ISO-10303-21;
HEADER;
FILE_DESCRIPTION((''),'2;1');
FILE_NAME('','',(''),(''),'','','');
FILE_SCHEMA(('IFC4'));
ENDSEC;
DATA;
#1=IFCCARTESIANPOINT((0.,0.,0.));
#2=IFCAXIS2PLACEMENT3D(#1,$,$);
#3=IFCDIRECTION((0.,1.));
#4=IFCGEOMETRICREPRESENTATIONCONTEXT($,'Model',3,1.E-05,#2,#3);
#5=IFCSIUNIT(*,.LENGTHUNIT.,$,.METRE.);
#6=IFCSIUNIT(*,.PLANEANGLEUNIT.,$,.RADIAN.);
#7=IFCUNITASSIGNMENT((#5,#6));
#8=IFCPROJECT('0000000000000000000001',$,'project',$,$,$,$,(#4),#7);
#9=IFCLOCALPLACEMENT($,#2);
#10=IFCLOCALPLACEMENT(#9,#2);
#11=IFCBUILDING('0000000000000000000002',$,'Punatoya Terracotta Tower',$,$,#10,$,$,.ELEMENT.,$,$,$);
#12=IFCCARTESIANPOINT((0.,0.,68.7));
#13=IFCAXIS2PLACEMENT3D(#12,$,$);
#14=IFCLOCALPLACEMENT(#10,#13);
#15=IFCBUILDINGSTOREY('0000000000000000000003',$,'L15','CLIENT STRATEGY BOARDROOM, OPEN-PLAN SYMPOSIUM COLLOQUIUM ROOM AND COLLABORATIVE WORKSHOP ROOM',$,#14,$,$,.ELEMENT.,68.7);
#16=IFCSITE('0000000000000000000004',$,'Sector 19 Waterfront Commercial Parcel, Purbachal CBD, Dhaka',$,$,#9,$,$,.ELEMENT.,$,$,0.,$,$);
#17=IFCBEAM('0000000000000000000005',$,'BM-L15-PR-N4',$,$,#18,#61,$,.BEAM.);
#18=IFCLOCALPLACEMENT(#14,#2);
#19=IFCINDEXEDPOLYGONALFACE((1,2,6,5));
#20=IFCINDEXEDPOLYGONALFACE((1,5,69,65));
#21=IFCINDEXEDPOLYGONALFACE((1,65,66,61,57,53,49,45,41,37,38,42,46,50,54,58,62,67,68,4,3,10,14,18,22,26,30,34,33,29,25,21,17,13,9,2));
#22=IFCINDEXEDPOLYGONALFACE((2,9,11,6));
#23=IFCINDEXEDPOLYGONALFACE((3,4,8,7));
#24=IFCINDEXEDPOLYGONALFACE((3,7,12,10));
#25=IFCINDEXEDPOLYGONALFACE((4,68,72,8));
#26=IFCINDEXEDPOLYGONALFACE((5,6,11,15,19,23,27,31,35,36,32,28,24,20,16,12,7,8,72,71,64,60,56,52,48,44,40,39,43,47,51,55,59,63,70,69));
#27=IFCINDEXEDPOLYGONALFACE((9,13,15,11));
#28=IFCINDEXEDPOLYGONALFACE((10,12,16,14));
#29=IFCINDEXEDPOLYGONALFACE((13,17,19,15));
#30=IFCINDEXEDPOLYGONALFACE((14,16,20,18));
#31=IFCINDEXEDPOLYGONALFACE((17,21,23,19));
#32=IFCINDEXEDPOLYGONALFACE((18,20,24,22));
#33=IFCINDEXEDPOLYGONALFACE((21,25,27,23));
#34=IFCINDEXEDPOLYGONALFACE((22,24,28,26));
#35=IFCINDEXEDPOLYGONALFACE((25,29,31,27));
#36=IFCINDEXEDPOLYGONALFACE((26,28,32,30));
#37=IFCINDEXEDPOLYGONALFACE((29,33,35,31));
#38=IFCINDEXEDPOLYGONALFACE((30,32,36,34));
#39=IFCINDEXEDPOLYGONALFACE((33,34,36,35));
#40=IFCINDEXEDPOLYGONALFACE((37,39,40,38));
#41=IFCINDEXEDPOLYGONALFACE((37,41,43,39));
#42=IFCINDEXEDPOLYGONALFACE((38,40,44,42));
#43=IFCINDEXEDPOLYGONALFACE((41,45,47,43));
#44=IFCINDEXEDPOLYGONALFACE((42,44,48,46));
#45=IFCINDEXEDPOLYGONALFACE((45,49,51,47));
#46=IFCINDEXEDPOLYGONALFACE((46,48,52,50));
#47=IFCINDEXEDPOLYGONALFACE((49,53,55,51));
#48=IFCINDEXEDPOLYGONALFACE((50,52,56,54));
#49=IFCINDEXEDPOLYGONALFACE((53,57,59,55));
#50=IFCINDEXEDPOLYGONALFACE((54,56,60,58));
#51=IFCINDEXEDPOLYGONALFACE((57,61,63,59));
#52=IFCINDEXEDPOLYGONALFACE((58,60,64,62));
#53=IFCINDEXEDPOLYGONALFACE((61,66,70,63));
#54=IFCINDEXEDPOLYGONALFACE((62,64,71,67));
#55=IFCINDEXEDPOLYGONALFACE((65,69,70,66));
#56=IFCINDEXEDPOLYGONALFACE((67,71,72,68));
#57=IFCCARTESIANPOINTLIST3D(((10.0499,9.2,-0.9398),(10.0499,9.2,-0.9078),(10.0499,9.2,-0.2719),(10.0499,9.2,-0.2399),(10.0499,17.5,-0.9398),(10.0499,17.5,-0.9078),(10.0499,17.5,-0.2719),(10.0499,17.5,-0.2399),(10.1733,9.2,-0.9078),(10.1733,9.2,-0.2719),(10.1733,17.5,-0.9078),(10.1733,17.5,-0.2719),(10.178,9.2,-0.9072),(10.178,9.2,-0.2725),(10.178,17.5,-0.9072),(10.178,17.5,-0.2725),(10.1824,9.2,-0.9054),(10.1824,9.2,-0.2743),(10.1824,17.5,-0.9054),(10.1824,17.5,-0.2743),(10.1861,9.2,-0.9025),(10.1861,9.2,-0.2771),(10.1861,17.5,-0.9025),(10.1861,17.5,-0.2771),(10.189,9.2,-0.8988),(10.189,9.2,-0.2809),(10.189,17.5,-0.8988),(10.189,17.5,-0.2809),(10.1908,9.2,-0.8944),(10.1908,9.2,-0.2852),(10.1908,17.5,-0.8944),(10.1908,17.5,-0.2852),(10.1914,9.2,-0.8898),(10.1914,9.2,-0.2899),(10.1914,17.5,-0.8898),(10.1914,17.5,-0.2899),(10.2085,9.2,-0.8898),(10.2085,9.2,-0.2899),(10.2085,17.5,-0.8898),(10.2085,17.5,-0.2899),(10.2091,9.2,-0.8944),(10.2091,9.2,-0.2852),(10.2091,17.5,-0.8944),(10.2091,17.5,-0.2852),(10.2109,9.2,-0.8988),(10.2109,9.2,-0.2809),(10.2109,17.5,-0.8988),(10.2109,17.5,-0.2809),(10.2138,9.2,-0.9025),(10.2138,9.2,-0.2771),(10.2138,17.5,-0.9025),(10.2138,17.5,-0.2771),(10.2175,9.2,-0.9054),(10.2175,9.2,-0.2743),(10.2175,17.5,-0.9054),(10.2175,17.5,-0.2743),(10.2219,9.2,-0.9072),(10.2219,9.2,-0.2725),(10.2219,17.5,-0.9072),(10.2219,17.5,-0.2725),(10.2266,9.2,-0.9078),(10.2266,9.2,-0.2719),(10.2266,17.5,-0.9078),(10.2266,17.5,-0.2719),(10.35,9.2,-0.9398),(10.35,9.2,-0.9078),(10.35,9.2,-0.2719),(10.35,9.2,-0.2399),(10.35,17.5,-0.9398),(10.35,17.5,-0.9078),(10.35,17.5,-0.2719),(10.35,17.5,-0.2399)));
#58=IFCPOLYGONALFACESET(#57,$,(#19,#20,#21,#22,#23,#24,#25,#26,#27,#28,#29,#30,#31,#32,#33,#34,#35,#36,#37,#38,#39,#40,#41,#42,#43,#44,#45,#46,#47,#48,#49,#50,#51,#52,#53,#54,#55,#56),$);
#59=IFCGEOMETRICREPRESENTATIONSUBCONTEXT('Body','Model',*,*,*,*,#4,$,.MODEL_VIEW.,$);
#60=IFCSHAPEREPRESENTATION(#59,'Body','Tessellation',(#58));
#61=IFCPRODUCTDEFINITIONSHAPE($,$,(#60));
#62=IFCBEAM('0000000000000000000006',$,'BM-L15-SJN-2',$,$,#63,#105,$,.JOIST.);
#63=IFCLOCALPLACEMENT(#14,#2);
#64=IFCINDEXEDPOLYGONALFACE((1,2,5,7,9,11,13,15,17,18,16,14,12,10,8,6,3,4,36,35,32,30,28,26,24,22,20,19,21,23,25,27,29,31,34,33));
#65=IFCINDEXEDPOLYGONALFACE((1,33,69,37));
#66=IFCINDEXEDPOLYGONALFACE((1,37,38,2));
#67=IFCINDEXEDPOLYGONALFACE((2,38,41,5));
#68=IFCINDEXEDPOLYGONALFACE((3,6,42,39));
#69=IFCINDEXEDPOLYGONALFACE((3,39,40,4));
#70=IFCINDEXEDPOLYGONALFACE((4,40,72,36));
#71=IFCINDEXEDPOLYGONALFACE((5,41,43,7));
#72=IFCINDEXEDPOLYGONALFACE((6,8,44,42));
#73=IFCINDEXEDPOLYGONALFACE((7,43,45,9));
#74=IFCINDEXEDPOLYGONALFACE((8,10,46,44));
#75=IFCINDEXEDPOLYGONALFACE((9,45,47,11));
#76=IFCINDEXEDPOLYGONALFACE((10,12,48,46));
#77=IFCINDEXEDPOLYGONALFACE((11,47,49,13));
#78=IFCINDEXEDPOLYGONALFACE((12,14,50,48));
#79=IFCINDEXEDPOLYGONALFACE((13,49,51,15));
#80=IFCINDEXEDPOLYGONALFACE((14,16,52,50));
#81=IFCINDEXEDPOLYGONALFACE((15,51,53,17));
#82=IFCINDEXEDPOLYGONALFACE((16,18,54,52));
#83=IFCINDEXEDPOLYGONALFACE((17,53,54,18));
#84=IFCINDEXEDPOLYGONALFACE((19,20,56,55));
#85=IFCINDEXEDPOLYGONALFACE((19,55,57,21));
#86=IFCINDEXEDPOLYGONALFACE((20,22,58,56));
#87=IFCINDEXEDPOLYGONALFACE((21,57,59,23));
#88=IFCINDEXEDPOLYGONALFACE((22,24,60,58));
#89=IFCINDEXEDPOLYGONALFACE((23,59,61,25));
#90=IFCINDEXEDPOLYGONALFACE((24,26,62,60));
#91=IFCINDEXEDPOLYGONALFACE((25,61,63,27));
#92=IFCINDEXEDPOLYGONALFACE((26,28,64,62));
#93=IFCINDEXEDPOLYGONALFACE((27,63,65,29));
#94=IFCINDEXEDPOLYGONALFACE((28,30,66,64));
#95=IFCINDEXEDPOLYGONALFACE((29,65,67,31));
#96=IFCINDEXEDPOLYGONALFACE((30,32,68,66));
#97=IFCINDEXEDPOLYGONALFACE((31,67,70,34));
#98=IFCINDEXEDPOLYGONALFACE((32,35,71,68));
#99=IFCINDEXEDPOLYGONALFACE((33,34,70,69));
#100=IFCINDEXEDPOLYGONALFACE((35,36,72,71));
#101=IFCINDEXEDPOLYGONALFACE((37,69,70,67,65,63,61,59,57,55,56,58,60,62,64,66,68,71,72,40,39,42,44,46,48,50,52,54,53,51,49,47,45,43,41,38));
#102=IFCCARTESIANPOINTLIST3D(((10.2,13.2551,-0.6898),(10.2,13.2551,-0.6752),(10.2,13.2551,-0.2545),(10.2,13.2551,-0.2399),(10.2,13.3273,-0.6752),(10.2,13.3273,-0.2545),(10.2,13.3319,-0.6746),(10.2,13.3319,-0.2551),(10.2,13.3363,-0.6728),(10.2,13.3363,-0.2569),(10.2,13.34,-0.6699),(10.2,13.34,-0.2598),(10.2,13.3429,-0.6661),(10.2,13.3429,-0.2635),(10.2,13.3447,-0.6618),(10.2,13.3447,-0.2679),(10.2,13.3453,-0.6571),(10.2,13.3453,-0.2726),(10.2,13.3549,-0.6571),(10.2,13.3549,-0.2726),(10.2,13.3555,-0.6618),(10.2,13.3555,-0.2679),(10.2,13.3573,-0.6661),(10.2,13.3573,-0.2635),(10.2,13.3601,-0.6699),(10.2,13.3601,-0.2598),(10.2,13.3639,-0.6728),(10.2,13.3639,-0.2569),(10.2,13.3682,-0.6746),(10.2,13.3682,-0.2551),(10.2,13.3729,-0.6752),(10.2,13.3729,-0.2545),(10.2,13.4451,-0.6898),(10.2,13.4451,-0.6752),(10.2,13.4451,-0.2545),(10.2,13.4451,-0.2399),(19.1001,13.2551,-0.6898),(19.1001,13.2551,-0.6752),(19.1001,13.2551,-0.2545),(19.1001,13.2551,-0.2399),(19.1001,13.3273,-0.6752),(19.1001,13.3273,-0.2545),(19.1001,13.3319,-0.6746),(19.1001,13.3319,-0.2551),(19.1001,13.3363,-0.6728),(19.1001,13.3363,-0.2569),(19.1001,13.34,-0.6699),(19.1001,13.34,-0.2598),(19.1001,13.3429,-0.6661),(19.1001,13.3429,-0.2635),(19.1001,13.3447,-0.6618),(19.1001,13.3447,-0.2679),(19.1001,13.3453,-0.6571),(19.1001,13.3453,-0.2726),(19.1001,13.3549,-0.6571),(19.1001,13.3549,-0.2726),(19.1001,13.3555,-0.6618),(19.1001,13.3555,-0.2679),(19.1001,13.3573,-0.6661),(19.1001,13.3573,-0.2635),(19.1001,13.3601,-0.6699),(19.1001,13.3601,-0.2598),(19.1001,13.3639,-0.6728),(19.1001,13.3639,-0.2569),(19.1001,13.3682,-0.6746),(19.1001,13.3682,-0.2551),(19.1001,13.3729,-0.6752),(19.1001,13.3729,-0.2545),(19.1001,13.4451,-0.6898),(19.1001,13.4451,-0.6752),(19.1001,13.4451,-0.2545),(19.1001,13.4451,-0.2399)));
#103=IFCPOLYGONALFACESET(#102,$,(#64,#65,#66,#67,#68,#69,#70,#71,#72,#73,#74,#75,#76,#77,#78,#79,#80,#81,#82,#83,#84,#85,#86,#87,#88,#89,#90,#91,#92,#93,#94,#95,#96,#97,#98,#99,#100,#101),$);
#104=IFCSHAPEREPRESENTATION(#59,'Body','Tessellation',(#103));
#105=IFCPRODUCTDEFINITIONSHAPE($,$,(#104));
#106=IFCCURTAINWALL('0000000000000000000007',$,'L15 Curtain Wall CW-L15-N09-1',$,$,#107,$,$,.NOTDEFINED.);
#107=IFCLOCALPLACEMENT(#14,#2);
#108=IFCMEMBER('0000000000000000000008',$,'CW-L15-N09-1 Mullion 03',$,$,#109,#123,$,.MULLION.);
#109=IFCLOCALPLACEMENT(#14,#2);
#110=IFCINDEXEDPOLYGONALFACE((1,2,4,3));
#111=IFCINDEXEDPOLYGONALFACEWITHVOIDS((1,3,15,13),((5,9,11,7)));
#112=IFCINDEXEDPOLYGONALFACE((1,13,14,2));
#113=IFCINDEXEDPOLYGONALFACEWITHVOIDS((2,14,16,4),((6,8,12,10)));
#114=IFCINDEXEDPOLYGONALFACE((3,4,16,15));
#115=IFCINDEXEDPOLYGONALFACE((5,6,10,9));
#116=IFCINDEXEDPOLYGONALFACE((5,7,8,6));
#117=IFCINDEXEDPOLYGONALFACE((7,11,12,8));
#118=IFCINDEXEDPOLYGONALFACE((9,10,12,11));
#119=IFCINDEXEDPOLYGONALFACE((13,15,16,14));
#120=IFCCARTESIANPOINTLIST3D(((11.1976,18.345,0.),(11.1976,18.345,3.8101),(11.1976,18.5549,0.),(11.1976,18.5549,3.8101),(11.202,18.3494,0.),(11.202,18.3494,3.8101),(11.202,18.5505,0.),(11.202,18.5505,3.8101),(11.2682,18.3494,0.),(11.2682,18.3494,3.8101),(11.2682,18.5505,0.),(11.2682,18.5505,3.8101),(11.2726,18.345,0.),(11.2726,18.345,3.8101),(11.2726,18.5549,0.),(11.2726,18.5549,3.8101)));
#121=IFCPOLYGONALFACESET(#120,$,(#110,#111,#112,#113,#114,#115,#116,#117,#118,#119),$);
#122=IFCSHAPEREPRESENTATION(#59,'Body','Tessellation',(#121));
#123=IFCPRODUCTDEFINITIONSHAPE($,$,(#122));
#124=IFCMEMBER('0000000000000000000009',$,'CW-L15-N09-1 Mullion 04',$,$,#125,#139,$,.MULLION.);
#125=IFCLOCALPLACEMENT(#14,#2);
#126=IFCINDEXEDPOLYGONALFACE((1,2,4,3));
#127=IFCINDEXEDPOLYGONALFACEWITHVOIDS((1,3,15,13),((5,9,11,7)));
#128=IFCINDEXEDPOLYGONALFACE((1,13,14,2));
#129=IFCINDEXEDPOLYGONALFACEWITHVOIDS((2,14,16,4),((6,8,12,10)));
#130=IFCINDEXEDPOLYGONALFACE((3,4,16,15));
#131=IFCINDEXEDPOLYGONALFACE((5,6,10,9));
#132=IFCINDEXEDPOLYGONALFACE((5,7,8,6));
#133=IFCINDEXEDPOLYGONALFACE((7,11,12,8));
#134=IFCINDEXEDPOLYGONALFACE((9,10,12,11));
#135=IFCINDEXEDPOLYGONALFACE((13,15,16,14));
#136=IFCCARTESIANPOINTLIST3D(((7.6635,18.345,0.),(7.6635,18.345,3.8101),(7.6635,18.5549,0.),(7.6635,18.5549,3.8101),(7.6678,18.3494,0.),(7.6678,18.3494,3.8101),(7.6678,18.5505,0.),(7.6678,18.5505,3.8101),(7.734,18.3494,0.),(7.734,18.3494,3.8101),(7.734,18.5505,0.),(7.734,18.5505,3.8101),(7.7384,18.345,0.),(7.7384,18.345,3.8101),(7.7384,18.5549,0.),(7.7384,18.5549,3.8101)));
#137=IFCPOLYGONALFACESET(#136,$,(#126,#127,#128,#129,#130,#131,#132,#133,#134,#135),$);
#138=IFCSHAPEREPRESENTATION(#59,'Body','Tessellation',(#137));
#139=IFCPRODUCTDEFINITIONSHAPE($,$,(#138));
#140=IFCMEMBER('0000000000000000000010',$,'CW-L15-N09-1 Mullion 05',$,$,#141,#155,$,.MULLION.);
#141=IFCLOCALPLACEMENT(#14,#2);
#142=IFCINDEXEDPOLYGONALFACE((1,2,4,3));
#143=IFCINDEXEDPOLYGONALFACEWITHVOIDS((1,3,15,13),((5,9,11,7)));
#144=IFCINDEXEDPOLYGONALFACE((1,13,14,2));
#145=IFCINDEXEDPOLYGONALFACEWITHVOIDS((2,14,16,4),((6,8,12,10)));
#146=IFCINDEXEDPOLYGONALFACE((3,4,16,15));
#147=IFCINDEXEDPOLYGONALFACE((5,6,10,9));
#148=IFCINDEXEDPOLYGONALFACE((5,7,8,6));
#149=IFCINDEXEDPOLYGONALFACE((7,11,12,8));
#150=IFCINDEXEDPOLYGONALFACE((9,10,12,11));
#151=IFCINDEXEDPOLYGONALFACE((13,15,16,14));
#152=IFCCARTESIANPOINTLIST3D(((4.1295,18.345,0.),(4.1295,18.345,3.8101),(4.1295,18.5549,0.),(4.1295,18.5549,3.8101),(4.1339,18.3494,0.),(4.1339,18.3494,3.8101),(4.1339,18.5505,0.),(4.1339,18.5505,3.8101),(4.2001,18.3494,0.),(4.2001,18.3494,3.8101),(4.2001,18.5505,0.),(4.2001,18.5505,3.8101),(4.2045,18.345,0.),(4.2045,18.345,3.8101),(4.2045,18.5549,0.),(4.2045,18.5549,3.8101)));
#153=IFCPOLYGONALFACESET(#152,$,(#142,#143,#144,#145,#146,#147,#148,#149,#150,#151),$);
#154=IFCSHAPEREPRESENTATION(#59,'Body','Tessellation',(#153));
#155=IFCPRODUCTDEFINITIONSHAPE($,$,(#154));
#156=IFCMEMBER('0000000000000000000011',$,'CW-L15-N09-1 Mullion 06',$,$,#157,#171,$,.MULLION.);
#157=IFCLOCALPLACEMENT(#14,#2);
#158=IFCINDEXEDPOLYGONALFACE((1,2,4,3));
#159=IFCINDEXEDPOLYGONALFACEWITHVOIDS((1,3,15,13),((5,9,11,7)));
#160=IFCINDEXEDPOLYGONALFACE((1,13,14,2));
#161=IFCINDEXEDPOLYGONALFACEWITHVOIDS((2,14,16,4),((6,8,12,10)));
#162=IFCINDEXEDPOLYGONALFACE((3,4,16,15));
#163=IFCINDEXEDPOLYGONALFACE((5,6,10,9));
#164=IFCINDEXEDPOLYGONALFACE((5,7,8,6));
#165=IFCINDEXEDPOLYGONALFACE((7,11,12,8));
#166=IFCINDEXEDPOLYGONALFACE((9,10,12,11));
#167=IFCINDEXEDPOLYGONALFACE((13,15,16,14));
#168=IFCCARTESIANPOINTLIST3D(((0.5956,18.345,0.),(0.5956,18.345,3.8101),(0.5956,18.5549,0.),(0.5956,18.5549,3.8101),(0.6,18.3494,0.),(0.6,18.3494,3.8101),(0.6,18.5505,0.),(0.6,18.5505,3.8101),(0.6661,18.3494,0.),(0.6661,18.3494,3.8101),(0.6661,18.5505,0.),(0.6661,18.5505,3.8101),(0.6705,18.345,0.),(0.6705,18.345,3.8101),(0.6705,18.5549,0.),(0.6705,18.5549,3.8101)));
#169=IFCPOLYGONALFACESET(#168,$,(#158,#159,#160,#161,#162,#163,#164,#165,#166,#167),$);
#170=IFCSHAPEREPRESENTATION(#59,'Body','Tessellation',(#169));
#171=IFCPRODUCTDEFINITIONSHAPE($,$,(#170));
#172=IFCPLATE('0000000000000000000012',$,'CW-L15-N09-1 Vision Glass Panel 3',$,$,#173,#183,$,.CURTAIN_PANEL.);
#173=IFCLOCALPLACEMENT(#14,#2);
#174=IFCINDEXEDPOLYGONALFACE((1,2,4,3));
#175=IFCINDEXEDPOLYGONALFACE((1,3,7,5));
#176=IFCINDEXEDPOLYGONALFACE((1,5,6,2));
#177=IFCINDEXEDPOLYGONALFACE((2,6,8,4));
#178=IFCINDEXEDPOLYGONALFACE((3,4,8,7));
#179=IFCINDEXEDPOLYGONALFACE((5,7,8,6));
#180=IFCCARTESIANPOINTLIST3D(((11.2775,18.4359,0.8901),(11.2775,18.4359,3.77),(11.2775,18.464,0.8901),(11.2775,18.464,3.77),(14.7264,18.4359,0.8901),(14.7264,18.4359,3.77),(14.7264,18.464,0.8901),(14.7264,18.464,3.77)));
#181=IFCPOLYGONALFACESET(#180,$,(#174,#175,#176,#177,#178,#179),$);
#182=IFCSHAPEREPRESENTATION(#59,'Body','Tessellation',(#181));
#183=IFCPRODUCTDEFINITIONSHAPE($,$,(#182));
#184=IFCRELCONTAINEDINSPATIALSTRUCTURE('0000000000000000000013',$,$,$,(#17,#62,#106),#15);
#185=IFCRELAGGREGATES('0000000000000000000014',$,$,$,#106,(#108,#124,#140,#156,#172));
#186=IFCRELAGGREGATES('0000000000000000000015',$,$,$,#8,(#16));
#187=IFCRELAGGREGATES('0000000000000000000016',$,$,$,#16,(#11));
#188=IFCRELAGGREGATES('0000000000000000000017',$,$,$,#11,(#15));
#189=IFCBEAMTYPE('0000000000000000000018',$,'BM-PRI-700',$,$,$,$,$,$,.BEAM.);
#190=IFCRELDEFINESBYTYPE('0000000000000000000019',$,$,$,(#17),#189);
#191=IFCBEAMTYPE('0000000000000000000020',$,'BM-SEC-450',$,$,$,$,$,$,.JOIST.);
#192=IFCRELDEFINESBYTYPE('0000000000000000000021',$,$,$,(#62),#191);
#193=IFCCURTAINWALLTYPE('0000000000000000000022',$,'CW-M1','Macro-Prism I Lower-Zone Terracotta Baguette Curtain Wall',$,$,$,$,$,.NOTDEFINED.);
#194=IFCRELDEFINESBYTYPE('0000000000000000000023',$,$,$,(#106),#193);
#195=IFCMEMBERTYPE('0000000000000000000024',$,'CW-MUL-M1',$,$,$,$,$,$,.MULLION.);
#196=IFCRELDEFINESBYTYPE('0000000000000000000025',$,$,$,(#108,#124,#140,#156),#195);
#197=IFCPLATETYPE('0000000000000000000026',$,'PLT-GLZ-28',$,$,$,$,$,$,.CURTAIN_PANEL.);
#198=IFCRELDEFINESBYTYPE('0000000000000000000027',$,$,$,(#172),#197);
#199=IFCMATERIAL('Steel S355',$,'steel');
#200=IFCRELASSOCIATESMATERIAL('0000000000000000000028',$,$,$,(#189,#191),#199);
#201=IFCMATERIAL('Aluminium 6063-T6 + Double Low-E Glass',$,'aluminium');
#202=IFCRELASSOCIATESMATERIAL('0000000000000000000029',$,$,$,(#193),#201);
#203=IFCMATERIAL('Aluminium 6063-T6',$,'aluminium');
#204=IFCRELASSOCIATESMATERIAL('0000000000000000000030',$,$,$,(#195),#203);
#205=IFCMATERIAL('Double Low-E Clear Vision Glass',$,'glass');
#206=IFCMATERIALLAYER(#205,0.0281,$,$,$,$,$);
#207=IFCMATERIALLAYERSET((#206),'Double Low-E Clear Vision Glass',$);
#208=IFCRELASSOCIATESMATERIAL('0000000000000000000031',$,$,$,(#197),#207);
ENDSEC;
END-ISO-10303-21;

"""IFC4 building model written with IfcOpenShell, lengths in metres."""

from ifc_helpers import new_model, si_unit, direction, frame, origin, origin_2d, place, context, subcontext, project, spatial, rectangle, hollow_rectangle, i_section, extrude, material, layer, layer_set, material_profile, profile_set, type_object, element, aggregate, save


model = new_model("IFC4")

# Units and contexts
model_context = context("Model", 3, precision=1e-05, world=origin(), true_north=direction((0.0, 1.0)))
body_context = subcontext(model_context, "Body", "Model", "MODEL_VIEW")
ifc_project = project(units=[si_unit("LENGTHUNIT", "METRE"), si_unit("PLANEANGLEUNIT", "RADIAN")], contexts=[model_context])

# Site, building, storey
site_placement = place(None, origin())
site = spatial("IfcSite", under=ifc_project, at=site_placement, Name="Sector 19 Waterfront Commercial Parcel, Purbachal CBD, Dhaka", CompositionType="ELEMENT", RefElevation=0.0)
building_placement = place(site_placement, origin())
building = spatial("IfcBuilding", under=site, at=building_placement, Name="Punatoya Terracotta Tower", CompositionType="ELEMENT")
storey_placement = place(building_placement, frame((0.0, 0.0, 68.7)))
storey = spatial("IfcBuildingStorey", under=building, at=storey_placement, Name="L15", Description="CLIENT STRATEGY BOARDROOM, OPEN-PLAN SYMPOSIUM COLLOQUIUM ROOM AND COLLABORATIVE WORKSHOP ROOM", CompositionType="ELEMENT", Elevation=68.7)

# Beams
ifc_material_1 = material(Name="Steel S355", Category="steel")
ifc_material_profile_1 = material_profile(ifc_material_1, i_section(OverallWidth=0.3, OverallDepth=0.7, WebThickness=0.0171, FlangeThickness=0.032, FilletRadius=0.0181, at=origin_2d()))
ifc_profile_set_1 = profile_set([ifc_material_profile_1], Name="Steel S355")
beam_type_1 = type_object("IfcBeamType", Name="BM-PRI-700", PredefinedType="BEAM", material=ifc_profile_set_1)
for number, where, z_axis, x_axis, name in (
    (1, (10.2, 9.2, -0.5898), (0.0, 1.0, 0.0), (-1.0, 0.0, 0.0), "BM-L15-PR-N4"),
):
    element("IfcBeam", number, at=place(storey_placement, frame(where, z_axis=z_axis, x_axis=x_axis)), inside=storey, type_object=beam_type_1, Name=name, PredefinedType="BEAM", context=body_context, shape_type="SweptSolid", body=[
        extrude(i_section(OverallWidth=0.3, OverallDepth=0.7, WebThickness=0.0171, FlangeThickness=0.032, FilletRadius=0.0181, at=origin_2d()), origin(), (0.0, 0.0, 1.0), 8.3),
    ])
ifc_material_profile_2 = material_profile(ifc_material_1, i_section(OverallWidth=0.1899, OverallDepth=0.45, WebThickness=0.0095, FlangeThickness=0.0146, FilletRadius=0.0181, at=origin_2d()))
ifc_profile_set_2 = profile_set([ifc_material_profile_2], Name="Steel S355")
beam_type_2 = type_object("IfcBeamType", Name="BM-SEC-450", PredefinedType="JOIST", material=ifc_profile_set_2)
beam_1_placement = place(storey_placement, frame((10.2, 13.3501, -0.4648), z_axis=(1.0, 0.0, 0.0), x_axis=(0.0, 1.0, 0.0)))
element("IfcBeam", 2, at=beam_1_placement, inside=storey, type_object=beam_type_2, Name="BM-L15-SJN-2", PredefinedType="JOIST", context=body_context, shape_type="SweptSolid", body=[
    extrude(i_section(OverallWidth=0.1899, OverallDepth=0.45, WebThickness=0.0095, FlangeThickness=0.0146, FilletRadius=0.0181, at=origin_2d()), origin(), (0.0, 0.0, 1.0), 8.9001),
])

# Curtain wall, members, plate
ifc_material_2 = material(Name="Aluminium 6063-T6 + Double Low-E Glass", Category="aluminium")
curtain_wall_type = type_object("IfcCurtainWallType", Name="CW-M1", Description="Macro-Prism I Lower-Zone Terracotta Baguette Curtain Wall", PredefinedType="NOTDEFINED", material=ifc_material_2)
curtain_wall_placement = place(storey_placement, origin())
curtain_wall = element("IfcCurtainWall", 3, at=curtain_wall_placement, inside=storey, type_object=curtain_wall_type, Name="L15 Curtain Wall CW-L15-N09-1", PredefinedType="NOTDEFINED")
ifc_material_3 = material(Name="Aluminium 6063-T6", Category="aluminium")
ifc_material_profile_3 = material_profile(ifc_material_3, hollow_rectangle(XDim=0.075, YDim=0.21, WallThickness=0.0044, at=origin_2d()))
ifc_profile_set_3 = profile_set([ifc_material_profile_3], Name="Aluminium 6063-T6")
member_type = type_object("IfcMemberType", Name="CW-MUL-M1", PredefinedType="MULLION", material=ifc_profile_set_3)
member_1_placement = place(storey_placement, frame((11.2351, 18.45, 0.0), z_axis=(0.0, 0.0, 1.0), x_axis=(1.0, 0.0, 0.0)))
member_1 = element("IfcMember", 4, at=member_1_placement, type_object=member_type, Name="CW-L15-N09-1 Mullion 03", PredefinedType="MULLION", context=body_context, shape_type="SweptSolid", body=[
    extrude(hollow_rectangle(XDim=0.075, YDim=0.21, WallThickness=0.0044, at=origin_2d()), origin(), (0.0, 0.0, 1.0), 3.8101),
])
member_2_placement = place(storey_placement, frame((7.7009, 18.45, 0.0), z_axis=(0.0, 0.0, 1.0), x_axis=(1.0, 0.0, 0.0)))
member_2 = element("IfcMember", 5, at=member_2_placement, type_object=member_type, Name="CW-L15-N09-1 Mullion 04", PredefinedType="MULLION", context=body_context, shape_type="SweptSolid", body=[
    extrude(hollow_rectangle(XDim=0.075, YDim=0.21, WallThickness=0.0044, at=origin_2d()), origin(), (0.0, 0.0, 1.0), 3.8101),
])
member_3_placement = place(storey_placement, frame((4.167, 18.45, 0.0), z_axis=(0.0, 0.0, 1.0), x_axis=(1.0, 0.0, 0.0)))
member_3 = element("IfcMember", 6, at=member_3_placement, type_object=member_type, Name="CW-L15-N09-1 Mullion 05", PredefinedType="MULLION", context=body_context, shape_type="SweptSolid", body=[
    extrude(hollow_rectangle(XDim=0.075, YDim=0.21, WallThickness=0.0044, at=origin_2d()), origin(), (0.0, 0.0, 1.0), 3.8101),
])
member_4_placement = place(storey_placement, frame((0.6331, 18.45, 0.0), z_axis=(0.0, 0.0, 1.0), x_axis=(1.0, 0.0, 0.0)))
member_4 = element("IfcMember", 7, at=member_4_placement, type_object=member_type, Name="CW-L15-N09-1 Mullion 06", PredefinedType="MULLION", context=body_context, shape_type="SweptSolid", body=[
    extrude(hollow_rectangle(XDim=0.075, YDim=0.21, WallThickness=0.0044, at=origin_2d()), origin(), (0.0, 0.0, 1.0), 3.8101),
])
ifc_material_4 = material(Name="Double Low-E Clear Vision Glass", Category="glass")
ifc_layer_1 = layer(ifc_material_4, 0.0281)
ifc_layer_set_1 = layer_set([ifc_layer_1], Name="Double Low-E Clear Vision Glass")
plate_type_1 = type_object("IfcPlateType", Name="PLT-GLZ-28", PredefinedType="CURTAIN_PANEL", material=ifc_layer_set_1)
plate_1_placement = place(storey_placement, frame((13.002, 18.45, 0.8901), z_axis=(0.0, 0.0, 1.0), x_axis=(-1.0, 0.0, 0.0)))
plate_1 = element("IfcPlate", 8, at=plate_1_placement, type_object=plate_type_1, Name="CW-L15-N09-1 Vision Glass Panel 3", PredefinedType="CURTAIN_PANEL", context=body_context, shape_type="SweptSolid", body=[
    extrude(rectangle(XDim=3.449, YDim=0.0281, at=origin_2d()), origin(), (0.0, 0.0, 1.0), 2.8799),
])
aggregate(curtain_wall, [member_1, member_2, member_3, member_4, plate_1])

save(model, "model.ifc")
